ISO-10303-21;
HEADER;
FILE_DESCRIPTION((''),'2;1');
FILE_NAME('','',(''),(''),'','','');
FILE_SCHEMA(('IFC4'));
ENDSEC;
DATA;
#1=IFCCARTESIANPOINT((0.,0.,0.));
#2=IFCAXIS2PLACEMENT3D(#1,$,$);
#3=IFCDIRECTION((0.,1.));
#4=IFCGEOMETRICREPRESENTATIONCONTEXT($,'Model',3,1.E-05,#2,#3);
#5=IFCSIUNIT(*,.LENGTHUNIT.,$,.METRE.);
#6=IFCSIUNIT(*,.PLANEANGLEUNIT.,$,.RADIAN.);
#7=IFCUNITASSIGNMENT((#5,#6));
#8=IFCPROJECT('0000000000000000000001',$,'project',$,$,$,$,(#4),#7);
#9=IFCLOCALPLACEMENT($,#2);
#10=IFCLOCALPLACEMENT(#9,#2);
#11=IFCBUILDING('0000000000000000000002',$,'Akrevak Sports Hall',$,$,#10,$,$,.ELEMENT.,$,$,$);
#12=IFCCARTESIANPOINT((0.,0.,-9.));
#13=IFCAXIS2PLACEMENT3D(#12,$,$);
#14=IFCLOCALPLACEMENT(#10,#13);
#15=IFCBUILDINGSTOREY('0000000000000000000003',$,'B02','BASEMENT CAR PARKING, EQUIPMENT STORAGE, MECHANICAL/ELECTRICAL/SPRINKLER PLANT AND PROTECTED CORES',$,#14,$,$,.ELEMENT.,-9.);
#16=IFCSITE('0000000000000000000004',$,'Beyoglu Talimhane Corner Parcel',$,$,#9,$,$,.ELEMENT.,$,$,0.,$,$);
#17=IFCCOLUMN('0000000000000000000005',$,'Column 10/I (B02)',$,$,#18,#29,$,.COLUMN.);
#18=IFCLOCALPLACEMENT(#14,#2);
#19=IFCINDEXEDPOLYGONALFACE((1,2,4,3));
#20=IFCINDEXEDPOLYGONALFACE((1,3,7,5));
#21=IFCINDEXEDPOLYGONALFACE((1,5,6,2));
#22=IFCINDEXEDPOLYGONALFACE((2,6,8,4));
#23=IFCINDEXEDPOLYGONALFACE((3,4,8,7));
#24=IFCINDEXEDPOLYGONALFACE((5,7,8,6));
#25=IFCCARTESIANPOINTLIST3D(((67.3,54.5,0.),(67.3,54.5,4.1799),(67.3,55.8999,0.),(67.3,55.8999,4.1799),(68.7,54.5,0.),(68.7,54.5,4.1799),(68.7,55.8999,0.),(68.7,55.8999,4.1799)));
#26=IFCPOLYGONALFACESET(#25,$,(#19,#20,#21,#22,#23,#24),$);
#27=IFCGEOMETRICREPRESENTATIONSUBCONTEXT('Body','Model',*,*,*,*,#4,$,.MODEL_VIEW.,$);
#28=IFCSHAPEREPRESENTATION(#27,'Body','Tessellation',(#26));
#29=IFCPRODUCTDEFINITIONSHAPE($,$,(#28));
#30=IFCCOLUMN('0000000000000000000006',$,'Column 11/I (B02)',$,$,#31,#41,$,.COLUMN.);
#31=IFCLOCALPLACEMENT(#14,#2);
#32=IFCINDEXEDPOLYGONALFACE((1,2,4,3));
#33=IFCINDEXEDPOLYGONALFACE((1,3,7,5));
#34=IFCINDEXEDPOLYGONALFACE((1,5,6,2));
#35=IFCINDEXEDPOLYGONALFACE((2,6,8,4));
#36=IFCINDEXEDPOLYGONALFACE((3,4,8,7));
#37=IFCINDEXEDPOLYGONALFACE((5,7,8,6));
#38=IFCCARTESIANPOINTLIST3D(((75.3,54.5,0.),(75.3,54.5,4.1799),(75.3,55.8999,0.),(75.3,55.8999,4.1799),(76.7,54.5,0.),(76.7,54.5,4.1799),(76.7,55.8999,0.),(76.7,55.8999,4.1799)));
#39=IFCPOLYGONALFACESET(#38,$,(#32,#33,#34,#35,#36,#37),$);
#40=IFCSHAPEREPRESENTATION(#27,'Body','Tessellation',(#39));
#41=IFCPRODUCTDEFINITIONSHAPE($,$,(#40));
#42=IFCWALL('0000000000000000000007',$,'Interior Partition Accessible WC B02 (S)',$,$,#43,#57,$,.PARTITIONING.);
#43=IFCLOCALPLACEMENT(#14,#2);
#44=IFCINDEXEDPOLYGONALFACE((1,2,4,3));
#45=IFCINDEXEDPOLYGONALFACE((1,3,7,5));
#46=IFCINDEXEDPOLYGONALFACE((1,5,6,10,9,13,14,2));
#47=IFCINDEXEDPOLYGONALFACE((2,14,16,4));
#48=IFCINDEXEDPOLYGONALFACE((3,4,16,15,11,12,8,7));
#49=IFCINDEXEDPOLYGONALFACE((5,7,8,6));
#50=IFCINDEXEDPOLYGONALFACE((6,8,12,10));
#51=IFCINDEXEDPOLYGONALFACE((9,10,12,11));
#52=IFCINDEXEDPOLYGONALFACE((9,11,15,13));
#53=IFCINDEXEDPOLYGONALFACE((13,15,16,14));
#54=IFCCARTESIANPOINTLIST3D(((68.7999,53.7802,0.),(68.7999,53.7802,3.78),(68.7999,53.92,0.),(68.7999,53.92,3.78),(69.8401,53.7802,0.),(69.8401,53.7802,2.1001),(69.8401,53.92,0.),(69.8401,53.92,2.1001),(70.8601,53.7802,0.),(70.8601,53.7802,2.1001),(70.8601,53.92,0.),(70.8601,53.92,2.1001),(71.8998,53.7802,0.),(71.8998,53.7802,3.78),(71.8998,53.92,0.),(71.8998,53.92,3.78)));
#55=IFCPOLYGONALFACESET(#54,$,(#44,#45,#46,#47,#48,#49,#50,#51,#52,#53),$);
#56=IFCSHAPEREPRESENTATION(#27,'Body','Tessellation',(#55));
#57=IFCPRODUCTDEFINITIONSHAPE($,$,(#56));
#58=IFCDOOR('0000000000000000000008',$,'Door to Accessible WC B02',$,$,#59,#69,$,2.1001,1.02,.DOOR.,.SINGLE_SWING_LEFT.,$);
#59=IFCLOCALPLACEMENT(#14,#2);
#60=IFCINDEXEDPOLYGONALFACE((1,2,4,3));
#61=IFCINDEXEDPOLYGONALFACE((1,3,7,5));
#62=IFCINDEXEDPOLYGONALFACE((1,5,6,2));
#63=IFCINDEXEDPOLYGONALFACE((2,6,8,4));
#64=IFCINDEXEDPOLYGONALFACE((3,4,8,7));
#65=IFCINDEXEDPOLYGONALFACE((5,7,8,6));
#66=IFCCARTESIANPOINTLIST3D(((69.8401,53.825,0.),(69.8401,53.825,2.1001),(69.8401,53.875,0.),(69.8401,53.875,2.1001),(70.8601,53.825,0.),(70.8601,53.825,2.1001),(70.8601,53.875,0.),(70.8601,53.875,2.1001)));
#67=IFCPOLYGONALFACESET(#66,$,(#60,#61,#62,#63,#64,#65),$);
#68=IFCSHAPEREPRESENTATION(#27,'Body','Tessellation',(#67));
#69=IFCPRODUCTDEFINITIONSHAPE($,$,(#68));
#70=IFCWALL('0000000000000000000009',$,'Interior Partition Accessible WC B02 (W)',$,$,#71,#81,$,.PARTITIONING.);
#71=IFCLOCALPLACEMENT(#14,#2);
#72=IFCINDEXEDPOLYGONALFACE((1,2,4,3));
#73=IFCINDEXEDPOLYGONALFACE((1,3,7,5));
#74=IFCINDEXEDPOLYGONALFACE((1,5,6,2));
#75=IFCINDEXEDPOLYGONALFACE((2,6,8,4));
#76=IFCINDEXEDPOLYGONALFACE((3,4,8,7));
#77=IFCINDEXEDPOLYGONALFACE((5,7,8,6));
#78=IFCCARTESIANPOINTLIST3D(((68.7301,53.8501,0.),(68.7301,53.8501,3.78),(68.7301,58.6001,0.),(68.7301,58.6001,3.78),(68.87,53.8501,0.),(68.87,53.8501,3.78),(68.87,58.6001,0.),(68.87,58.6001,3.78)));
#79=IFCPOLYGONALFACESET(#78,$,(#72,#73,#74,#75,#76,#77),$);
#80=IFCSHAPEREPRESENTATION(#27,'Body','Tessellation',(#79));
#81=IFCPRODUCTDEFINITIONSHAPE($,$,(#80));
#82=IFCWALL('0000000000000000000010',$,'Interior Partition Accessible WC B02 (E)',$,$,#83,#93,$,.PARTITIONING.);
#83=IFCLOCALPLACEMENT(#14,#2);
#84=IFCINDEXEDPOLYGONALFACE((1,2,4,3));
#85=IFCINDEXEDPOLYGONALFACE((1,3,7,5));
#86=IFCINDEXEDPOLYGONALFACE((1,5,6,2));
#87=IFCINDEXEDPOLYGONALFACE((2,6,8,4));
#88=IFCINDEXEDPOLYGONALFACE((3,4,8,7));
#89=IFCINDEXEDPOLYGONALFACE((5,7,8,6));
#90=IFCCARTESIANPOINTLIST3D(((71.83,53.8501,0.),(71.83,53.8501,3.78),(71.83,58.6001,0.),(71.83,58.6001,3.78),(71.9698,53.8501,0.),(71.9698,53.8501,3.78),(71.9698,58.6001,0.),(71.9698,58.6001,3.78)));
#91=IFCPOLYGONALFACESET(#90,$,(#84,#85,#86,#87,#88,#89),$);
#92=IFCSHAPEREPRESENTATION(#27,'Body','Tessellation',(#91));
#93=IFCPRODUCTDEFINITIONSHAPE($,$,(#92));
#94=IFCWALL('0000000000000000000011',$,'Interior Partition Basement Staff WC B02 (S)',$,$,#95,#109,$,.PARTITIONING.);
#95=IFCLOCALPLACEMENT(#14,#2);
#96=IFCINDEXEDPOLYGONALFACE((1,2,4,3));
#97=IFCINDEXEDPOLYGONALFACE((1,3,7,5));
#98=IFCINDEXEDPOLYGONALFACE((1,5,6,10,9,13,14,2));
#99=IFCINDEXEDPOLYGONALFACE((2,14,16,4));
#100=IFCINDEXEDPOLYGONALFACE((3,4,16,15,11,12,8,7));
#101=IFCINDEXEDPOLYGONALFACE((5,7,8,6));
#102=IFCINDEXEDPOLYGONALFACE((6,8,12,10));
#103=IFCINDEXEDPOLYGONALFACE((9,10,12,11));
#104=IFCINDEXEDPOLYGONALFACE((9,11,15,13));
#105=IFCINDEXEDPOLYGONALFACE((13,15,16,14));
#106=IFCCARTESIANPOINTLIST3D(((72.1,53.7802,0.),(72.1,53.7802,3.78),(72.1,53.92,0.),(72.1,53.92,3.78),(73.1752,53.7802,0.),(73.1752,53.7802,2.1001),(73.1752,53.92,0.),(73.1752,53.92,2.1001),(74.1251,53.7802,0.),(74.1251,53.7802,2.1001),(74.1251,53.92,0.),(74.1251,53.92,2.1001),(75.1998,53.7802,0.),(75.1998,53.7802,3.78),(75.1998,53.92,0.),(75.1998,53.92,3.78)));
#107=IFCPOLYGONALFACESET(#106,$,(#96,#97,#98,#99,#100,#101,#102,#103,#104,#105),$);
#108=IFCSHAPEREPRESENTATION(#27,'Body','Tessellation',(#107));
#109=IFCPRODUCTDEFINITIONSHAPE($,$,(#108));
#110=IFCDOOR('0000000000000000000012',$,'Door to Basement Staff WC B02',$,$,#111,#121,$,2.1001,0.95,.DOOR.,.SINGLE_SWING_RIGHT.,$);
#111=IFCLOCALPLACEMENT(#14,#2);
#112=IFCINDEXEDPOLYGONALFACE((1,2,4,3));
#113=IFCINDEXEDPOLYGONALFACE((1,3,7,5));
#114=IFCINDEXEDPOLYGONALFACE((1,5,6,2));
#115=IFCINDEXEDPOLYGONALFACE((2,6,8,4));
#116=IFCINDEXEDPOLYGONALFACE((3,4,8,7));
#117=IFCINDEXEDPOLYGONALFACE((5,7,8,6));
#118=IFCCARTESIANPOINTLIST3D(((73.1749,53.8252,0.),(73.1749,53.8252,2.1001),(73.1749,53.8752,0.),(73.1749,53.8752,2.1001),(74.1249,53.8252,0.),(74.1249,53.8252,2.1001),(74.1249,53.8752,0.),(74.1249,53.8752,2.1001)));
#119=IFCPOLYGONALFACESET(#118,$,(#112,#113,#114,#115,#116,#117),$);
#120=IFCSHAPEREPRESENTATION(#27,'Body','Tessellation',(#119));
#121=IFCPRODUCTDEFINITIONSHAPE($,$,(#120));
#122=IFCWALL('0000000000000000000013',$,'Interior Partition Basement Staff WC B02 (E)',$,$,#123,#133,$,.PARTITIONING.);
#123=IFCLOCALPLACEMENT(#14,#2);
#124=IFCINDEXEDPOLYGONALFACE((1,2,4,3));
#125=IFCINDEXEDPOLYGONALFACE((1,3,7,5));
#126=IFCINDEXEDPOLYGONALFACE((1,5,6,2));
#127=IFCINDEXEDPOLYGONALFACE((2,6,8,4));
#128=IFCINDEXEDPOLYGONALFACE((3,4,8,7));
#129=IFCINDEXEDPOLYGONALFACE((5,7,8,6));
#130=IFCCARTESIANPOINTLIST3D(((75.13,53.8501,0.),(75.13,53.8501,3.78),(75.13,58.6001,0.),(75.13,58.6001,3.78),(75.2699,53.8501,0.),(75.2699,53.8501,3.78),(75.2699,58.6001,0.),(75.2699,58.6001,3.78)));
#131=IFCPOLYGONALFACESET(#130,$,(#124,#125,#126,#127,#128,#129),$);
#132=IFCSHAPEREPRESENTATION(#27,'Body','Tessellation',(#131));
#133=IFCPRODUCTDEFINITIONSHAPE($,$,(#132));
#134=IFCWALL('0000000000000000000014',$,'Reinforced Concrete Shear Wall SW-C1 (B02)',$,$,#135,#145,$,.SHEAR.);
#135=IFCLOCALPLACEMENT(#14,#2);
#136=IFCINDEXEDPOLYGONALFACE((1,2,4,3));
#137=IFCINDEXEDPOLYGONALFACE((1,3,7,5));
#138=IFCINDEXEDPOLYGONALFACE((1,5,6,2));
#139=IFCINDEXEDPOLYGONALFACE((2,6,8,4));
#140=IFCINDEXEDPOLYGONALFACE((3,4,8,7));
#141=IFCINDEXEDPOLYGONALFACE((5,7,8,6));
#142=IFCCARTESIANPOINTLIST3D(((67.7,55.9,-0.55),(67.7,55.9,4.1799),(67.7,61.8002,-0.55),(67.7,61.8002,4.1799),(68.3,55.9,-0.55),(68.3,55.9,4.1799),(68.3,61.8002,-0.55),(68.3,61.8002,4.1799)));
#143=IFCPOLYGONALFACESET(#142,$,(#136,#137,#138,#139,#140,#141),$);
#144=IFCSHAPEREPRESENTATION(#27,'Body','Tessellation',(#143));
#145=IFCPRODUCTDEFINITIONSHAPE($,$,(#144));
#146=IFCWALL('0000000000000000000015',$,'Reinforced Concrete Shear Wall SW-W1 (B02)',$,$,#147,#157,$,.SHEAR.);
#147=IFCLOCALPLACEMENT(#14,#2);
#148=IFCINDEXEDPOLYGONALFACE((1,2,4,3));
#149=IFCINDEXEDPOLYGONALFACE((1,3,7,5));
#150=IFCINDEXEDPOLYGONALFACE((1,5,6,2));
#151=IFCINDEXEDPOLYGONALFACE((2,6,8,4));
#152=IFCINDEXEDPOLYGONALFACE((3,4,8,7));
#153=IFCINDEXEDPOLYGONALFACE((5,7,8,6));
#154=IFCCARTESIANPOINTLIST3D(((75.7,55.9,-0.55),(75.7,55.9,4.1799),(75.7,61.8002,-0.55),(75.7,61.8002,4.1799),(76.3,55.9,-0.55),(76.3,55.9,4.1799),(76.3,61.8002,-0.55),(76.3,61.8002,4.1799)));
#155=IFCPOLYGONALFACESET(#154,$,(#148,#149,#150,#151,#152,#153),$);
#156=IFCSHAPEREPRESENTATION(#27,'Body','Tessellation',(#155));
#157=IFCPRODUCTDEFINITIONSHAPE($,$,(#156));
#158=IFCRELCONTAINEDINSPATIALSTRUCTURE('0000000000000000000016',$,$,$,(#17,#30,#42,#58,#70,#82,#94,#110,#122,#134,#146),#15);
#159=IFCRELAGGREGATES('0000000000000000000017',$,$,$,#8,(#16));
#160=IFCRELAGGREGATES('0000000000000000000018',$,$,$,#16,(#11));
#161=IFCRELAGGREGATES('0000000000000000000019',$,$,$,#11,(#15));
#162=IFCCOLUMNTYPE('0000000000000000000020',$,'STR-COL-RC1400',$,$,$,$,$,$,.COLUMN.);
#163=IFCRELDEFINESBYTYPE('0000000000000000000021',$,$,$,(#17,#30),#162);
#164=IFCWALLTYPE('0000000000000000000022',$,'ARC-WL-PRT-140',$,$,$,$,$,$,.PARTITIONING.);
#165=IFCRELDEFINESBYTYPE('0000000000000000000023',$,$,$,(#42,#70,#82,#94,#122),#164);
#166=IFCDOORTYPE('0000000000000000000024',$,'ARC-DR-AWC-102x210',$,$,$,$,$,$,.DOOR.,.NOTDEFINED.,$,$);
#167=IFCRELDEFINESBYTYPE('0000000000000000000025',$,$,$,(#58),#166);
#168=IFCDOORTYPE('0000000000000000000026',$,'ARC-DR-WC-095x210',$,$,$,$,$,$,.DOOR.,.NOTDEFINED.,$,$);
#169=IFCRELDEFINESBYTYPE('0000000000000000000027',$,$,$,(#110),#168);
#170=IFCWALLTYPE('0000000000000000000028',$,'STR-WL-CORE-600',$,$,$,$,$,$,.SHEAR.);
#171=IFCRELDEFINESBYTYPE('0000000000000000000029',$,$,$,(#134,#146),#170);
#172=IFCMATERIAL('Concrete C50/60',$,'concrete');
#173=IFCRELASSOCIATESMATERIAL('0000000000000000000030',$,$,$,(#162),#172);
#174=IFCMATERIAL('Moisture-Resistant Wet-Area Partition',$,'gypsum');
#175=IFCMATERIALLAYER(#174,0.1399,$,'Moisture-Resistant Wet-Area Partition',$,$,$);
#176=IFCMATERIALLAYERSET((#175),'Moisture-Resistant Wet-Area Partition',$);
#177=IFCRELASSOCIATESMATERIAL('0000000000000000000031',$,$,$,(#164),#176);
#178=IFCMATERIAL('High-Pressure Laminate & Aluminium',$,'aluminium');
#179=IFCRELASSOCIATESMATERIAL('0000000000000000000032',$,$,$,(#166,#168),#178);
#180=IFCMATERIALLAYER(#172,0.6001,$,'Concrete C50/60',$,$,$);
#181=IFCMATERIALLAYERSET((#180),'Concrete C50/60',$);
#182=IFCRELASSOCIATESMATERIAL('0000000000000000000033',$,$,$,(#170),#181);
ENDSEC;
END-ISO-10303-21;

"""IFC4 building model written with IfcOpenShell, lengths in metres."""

from ifc_helpers import new_model, si_unit, direction, frame, frame_2d, origin, origin_2d, place, context, subcontext, project, spatial, rectangle, extrude, material, layer, layer_set, material_profile, profile_set, type_object, element, fill, save


model = new_model("IFC4")

# Units and contexts
model_context = context("Model", 3, precision=1e-05, world=origin(), true_north=direction((0.0, 1.0)))
body_context = subcontext(model_context, "Body", "Model", "MODEL_VIEW")
ifc_project = project(units=[si_unit("LENGTHUNIT", "METRE"), si_unit("PLANEANGLEUNIT", "RADIAN")], contexts=[model_context])

# Site, building, storey
site_placement = place(None, origin())
site = spatial("IfcSite", under=ifc_project, at=site_placement, Name="Beyoglu Talimhane Corner Parcel", CompositionType="ELEMENT", RefElevation=0.0)
building_placement = place(site_placement, origin())
building = spatial("IfcBuilding", under=site, at=building_placement, Name="Akrevak Sports Hall", CompositionType="ELEMENT")
storey_placement = place(building_placement, frame((0.0, 0.0, -9.0)))
storey = spatial("IfcBuildingStorey", under=building, at=storey_placement, Name="B02", Description="BASEMENT CAR PARKING, EQUIPMENT STORAGE, MECHANICAL/ELECTRICAL/SPRINKLER PLANT AND PROTECTED CORES", CompositionType="ELEMENT", Elevation=-9.0)

# Columns
ifc_material_1 = material(Name="Concrete C50/60", Category="concrete")
ifc_material_profile_1 = material_profile(ifc_material_1, rectangle(XDim=1.3999, YDim=1.3999, at=origin_2d()), Name="RC 1400x1400", Category="concrete")
ifc_profile_set_1 = profile_set([ifc_material_profile_1], Name="Concrete C50/60")
column_type_1 = type_object("IfcColumnType", Name="STR-COL-RC1400", PredefinedType="COLUMN", material=ifc_profile_set_1)
for number, where, z_axis, x_axis, name in (
    (1, (68.0, 55.2, 0.0), (0.0, 0.0, 1.0), (1.0, 0.0, 0.0), "Column 10/I (B02)"),
    (2, (76.0, 55.2, 0.0), (0.0, 0.0, 1.0), (1.0, 0.0, 0.0), "Column 11/I (B02)"),
):
    element("IfcColumn", number, at=place(storey_placement, frame(where, z_axis=z_axis, x_axis=x_axis)), inside=storey, type_object=column_type_1, Name=name, PredefinedType="COLUMN", context=body_context, shape_type="SweptSolid", body=[
        extrude(rectangle(XDim=1.3999, YDim=1.3999, at=origin_2d()), origin(), (0.0, 0.0, 1.0), 4.1799),
    ])

# Wall, opening, door
ifc_material_2 = material(Name="Moisture-Resistant Wet-Area Partition", Category="gypsum")
ifc_layer_1 = layer(ifc_material_2, 0.1399, Name="Moisture-Resistant Wet-Area Partition")
ifc_layer_set_1 = layer_set([ifc_layer_1], Name="Moisture-Resistant Wet-Area Partition")
wall_type_1 = type_object("IfcWallType", Name="ARC-WL-PRT-140", PredefinedType="PARTITIONING", material=ifc_layer_set_1)
wall_1_placement = place(storey_placement, frame((68.8, 53.8501, 0.0), z_axis=(0.0, 0.0, 1.0), x_axis=(1.0, 0.0, 0.0)))
wall_1 = element("IfcWall", 3, at=wall_1_placement, inside=storey, type_object=wall_type_1, Name="Interior Partition Accessible WC B02 (S)", PredefinedType="PARTITIONING", context=body_context, shape_type="SweptSolid", body=[
    extrude(rectangle(XDim=3.0999, YDim=0.1399, at=frame_2d((1.5498, 0.0))), origin(), (0.0, 0.0, 1.0), 3.78),
])
opening_1_placement = place(wall_1_placement, frame((1.04, 0.0, 0.0)))
opening_1 = element("IfcOpeningElement", 4, at=opening_1_placement, cuts=wall_1, PredefinedType="OPENING", context=body_context, shape_type="SweptSolid", body=[
    extrude(rectangle(XDim=1.02, YDim=2.1001, at=frame_2d((0.51, 1.05))), frame((0.0, 0.082, 0.0), z_axis=(0.0, -1.0, 0.0), x_axis=(1.0, 0.0, 0.0)), (0.0, 0.0, 1.0), 0.1638),
])
ifc_material_3 = material(Name="High-Pressure Laminate & Aluminium", Category="aluminium")
door_type_1 = type_object("IfcDoorType", Name="ARC-DR-AWC-102x210", OperationType="NOTDEFINED", PredefinedType="DOOR", material=ifc_material_3)
door_1_placement = place(opening_1_placement, origin())
door_1 = element("IfcDoor", 5, at=door_1_placement, inside=storey, type_object=door_type_1, Name="Door to Accessible WC B02", OperationType="SINGLE_SWING_LEFT", OverallHeight=2.1001, OverallWidth=1.02, PredefinedType="DOOR", context=body_context, shape_type="SweptSolid", body=[
    extrude(rectangle(XDim=1.02, YDim=2.1001, at=frame_2d((0.51, 1.05))), frame((0.0, 0.0249, 0.0), z_axis=(0.0, -1.0, 0.0), x_axis=(1.0, 0.0, 0.0)), (0.0, 0.0, 1.0), 0.05),
])
fill(opening_1, door_1)

# Walls
for number, where, z_axis, x_axis, name in (
    (6, (68.8, 53.8501, 0.0), (0.0, 0.0, 1.0), (0.0, 1.0, 0.0), "Interior Partition Accessible WC B02 (W)"),
    (7, (71.8999, 53.8501, 0.0), (0.0, 0.0, 1.0), (0.0, 1.0, 0.0), "Interior Partition Accessible WC B02 (E)"),
):
    element("IfcWall", number, at=place(storey_placement, frame(where, z_axis=z_axis, x_axis=x_axis)), inside=storey, type_object=wall_type_1, Name=name, PredefinedType="PARTITIONING", context=body_context, shape_type="SweptSolid", body=[
        extrude(rectangle(XDim=4.75, YDim=0.1399, at=frame_2d((2.375, 0.0))), origin(), (0.0, 0.0, 1.0), 3.78),
    ])

# Wall, opening, door
wall_2_placement = place(storey_placement, frame((72.1001, 53.8501, 0.0), z_axis=(0.0, 0.0, 1.0), x_axis=(1.0, 0.0, 0.0)))
wall_2 = element("IfcWall", 8, at=wall_2_placement, inside=storey, type_object=wall_type_1, Name="Interior Partition Basement Staff WC B02 (S)", PredefinedType="PARTITIONING", context=body_context, shape_type="SweptSolid", body=[
    extrude(rectangle(XDim=3.0999, YDim=0.1399, at=frame_2d((1.5498, 0.0))), origin(), (0.0, 0.0, 1.0), 3.78),
])
opening_2_placement = place(wall_2_placement, frame((1.075, 0.0, 0.0)))
opening_2 = element("IfcOpeningElement", 9, at=opening_2_placement, cuts=wall_2, PredefinedType="OPENING", context=body_context, shape_type="SweptSolid", body=[
    extrude(rectangle(XDim=0.95, YDim=2.1001, at=frame_2d((0.4751, 1.05))), frame((0.0, 0.082, 0.0), z_axis=(0.0, -1.0, 0.0), x_axis=(1.0, 0.0, 0.0)), (0.0, 0.0, 1.0), 0.1638),
])
door_type_2 = type_object("IfcDoorType", Name="ARC-DR-WC-095x210", OperationType="NOTDEFINED", PredefinedType="DOOR", material=ifc_material_3)
door_2_placement = place(opening_2_placement, frame((0.95, 0.0, 0.0), z_axis=(0.0, 0.0, 1.0), x_axis=(-1.0, 0.0, 0.0)))
door_2 = element("IfcDoor", 10, at=door_2_placement, inside=storey, type_object=door_type_2, Name="Door to Basement Staff WC B02", OperationType="SINGLE_SWING_RIGHT", OverallHeight=2.1001, OverallWidth=0.95, PredefinedType="DOOR", context=body_context, shape_type="SweptSolid", body=[
    extrude(rectangle(XDim=0.95, YDim=2.1001, at=frame_2d((0.4751, 1.05))), frame((0.0, 0.0249, 0.0), z_axis=(0.0, -1.0, 0.0), x_axis=(1.0, 0.0, 0.0)), (0.0, 0.0, 1.0), 0.05),
])
fill(opening_2, door_2)

# Walls
wall_3_placement = place(storey_placement, frame((75.2, 53.8501, 0.0), z_axis=(0.0, 0.0, 1.0), x_axis=(0.0, 1.0, 0.0)))
element("IfcWall", 11, at=wall_3_placement, inside=storey, type_object=wall_type_1, Name="Interior Partition Basement Staff WC B02 (E)", PredefinedType="PARTITIONING", context=body_context, shape_type="SweptSolid", body=[
    extrude(rectangle(XDim=4.75, YDim=0.1399, at=frame_2d((2.375, 0.0))), origin(), (0.0, 0.0, 1.0), 3.78),
])
ifc_layer_2 = layer(ifc_material_1, 0.6001, Name="Concrete C50/60")
ifc_layer_set_2 = layer_set([ifc_layer_2], Name="Concrete C50/60")
wall_type_2 = type_object("IfcWallType", Name="STR-WL-CORE-600", PredefinedType="SHEAR", material=ifc_layer_set_2)
for number, where, z_axis, x_axis, name in (
    (12, (68.0, 55.8999, -0.55), (0.0, 0.0, 1.0), (0.0, 1.0, 0.0), "Reinforced Concrete Shear Wall SW-C1 (B02)"),
    (13, (76.0, 55.8999, -0.55), (0.0, 0.0, 1.0), (0.0, 1.0, 0.0), "Reinforced Concrete Shear Wall SW-W1 (B02)"),
):
    element("IfcWall", number, at=place(storey_placement, frame(where, z_axis=z_axis, x_axis=x_axis)), inside=storey, type_object=wall_type_2, Name=name, PredefinedType="SHEAR", context=body_context, shape_type="SweptSolid", body=[
        extrude(rectangle(XDim=5.9001, YDim=0.6001, at=frame_2d((2.9502, 0.0))), origin(), (0.0, 0.0, 1.0), 4.73),
    ])

save(model, "model.ifc")
